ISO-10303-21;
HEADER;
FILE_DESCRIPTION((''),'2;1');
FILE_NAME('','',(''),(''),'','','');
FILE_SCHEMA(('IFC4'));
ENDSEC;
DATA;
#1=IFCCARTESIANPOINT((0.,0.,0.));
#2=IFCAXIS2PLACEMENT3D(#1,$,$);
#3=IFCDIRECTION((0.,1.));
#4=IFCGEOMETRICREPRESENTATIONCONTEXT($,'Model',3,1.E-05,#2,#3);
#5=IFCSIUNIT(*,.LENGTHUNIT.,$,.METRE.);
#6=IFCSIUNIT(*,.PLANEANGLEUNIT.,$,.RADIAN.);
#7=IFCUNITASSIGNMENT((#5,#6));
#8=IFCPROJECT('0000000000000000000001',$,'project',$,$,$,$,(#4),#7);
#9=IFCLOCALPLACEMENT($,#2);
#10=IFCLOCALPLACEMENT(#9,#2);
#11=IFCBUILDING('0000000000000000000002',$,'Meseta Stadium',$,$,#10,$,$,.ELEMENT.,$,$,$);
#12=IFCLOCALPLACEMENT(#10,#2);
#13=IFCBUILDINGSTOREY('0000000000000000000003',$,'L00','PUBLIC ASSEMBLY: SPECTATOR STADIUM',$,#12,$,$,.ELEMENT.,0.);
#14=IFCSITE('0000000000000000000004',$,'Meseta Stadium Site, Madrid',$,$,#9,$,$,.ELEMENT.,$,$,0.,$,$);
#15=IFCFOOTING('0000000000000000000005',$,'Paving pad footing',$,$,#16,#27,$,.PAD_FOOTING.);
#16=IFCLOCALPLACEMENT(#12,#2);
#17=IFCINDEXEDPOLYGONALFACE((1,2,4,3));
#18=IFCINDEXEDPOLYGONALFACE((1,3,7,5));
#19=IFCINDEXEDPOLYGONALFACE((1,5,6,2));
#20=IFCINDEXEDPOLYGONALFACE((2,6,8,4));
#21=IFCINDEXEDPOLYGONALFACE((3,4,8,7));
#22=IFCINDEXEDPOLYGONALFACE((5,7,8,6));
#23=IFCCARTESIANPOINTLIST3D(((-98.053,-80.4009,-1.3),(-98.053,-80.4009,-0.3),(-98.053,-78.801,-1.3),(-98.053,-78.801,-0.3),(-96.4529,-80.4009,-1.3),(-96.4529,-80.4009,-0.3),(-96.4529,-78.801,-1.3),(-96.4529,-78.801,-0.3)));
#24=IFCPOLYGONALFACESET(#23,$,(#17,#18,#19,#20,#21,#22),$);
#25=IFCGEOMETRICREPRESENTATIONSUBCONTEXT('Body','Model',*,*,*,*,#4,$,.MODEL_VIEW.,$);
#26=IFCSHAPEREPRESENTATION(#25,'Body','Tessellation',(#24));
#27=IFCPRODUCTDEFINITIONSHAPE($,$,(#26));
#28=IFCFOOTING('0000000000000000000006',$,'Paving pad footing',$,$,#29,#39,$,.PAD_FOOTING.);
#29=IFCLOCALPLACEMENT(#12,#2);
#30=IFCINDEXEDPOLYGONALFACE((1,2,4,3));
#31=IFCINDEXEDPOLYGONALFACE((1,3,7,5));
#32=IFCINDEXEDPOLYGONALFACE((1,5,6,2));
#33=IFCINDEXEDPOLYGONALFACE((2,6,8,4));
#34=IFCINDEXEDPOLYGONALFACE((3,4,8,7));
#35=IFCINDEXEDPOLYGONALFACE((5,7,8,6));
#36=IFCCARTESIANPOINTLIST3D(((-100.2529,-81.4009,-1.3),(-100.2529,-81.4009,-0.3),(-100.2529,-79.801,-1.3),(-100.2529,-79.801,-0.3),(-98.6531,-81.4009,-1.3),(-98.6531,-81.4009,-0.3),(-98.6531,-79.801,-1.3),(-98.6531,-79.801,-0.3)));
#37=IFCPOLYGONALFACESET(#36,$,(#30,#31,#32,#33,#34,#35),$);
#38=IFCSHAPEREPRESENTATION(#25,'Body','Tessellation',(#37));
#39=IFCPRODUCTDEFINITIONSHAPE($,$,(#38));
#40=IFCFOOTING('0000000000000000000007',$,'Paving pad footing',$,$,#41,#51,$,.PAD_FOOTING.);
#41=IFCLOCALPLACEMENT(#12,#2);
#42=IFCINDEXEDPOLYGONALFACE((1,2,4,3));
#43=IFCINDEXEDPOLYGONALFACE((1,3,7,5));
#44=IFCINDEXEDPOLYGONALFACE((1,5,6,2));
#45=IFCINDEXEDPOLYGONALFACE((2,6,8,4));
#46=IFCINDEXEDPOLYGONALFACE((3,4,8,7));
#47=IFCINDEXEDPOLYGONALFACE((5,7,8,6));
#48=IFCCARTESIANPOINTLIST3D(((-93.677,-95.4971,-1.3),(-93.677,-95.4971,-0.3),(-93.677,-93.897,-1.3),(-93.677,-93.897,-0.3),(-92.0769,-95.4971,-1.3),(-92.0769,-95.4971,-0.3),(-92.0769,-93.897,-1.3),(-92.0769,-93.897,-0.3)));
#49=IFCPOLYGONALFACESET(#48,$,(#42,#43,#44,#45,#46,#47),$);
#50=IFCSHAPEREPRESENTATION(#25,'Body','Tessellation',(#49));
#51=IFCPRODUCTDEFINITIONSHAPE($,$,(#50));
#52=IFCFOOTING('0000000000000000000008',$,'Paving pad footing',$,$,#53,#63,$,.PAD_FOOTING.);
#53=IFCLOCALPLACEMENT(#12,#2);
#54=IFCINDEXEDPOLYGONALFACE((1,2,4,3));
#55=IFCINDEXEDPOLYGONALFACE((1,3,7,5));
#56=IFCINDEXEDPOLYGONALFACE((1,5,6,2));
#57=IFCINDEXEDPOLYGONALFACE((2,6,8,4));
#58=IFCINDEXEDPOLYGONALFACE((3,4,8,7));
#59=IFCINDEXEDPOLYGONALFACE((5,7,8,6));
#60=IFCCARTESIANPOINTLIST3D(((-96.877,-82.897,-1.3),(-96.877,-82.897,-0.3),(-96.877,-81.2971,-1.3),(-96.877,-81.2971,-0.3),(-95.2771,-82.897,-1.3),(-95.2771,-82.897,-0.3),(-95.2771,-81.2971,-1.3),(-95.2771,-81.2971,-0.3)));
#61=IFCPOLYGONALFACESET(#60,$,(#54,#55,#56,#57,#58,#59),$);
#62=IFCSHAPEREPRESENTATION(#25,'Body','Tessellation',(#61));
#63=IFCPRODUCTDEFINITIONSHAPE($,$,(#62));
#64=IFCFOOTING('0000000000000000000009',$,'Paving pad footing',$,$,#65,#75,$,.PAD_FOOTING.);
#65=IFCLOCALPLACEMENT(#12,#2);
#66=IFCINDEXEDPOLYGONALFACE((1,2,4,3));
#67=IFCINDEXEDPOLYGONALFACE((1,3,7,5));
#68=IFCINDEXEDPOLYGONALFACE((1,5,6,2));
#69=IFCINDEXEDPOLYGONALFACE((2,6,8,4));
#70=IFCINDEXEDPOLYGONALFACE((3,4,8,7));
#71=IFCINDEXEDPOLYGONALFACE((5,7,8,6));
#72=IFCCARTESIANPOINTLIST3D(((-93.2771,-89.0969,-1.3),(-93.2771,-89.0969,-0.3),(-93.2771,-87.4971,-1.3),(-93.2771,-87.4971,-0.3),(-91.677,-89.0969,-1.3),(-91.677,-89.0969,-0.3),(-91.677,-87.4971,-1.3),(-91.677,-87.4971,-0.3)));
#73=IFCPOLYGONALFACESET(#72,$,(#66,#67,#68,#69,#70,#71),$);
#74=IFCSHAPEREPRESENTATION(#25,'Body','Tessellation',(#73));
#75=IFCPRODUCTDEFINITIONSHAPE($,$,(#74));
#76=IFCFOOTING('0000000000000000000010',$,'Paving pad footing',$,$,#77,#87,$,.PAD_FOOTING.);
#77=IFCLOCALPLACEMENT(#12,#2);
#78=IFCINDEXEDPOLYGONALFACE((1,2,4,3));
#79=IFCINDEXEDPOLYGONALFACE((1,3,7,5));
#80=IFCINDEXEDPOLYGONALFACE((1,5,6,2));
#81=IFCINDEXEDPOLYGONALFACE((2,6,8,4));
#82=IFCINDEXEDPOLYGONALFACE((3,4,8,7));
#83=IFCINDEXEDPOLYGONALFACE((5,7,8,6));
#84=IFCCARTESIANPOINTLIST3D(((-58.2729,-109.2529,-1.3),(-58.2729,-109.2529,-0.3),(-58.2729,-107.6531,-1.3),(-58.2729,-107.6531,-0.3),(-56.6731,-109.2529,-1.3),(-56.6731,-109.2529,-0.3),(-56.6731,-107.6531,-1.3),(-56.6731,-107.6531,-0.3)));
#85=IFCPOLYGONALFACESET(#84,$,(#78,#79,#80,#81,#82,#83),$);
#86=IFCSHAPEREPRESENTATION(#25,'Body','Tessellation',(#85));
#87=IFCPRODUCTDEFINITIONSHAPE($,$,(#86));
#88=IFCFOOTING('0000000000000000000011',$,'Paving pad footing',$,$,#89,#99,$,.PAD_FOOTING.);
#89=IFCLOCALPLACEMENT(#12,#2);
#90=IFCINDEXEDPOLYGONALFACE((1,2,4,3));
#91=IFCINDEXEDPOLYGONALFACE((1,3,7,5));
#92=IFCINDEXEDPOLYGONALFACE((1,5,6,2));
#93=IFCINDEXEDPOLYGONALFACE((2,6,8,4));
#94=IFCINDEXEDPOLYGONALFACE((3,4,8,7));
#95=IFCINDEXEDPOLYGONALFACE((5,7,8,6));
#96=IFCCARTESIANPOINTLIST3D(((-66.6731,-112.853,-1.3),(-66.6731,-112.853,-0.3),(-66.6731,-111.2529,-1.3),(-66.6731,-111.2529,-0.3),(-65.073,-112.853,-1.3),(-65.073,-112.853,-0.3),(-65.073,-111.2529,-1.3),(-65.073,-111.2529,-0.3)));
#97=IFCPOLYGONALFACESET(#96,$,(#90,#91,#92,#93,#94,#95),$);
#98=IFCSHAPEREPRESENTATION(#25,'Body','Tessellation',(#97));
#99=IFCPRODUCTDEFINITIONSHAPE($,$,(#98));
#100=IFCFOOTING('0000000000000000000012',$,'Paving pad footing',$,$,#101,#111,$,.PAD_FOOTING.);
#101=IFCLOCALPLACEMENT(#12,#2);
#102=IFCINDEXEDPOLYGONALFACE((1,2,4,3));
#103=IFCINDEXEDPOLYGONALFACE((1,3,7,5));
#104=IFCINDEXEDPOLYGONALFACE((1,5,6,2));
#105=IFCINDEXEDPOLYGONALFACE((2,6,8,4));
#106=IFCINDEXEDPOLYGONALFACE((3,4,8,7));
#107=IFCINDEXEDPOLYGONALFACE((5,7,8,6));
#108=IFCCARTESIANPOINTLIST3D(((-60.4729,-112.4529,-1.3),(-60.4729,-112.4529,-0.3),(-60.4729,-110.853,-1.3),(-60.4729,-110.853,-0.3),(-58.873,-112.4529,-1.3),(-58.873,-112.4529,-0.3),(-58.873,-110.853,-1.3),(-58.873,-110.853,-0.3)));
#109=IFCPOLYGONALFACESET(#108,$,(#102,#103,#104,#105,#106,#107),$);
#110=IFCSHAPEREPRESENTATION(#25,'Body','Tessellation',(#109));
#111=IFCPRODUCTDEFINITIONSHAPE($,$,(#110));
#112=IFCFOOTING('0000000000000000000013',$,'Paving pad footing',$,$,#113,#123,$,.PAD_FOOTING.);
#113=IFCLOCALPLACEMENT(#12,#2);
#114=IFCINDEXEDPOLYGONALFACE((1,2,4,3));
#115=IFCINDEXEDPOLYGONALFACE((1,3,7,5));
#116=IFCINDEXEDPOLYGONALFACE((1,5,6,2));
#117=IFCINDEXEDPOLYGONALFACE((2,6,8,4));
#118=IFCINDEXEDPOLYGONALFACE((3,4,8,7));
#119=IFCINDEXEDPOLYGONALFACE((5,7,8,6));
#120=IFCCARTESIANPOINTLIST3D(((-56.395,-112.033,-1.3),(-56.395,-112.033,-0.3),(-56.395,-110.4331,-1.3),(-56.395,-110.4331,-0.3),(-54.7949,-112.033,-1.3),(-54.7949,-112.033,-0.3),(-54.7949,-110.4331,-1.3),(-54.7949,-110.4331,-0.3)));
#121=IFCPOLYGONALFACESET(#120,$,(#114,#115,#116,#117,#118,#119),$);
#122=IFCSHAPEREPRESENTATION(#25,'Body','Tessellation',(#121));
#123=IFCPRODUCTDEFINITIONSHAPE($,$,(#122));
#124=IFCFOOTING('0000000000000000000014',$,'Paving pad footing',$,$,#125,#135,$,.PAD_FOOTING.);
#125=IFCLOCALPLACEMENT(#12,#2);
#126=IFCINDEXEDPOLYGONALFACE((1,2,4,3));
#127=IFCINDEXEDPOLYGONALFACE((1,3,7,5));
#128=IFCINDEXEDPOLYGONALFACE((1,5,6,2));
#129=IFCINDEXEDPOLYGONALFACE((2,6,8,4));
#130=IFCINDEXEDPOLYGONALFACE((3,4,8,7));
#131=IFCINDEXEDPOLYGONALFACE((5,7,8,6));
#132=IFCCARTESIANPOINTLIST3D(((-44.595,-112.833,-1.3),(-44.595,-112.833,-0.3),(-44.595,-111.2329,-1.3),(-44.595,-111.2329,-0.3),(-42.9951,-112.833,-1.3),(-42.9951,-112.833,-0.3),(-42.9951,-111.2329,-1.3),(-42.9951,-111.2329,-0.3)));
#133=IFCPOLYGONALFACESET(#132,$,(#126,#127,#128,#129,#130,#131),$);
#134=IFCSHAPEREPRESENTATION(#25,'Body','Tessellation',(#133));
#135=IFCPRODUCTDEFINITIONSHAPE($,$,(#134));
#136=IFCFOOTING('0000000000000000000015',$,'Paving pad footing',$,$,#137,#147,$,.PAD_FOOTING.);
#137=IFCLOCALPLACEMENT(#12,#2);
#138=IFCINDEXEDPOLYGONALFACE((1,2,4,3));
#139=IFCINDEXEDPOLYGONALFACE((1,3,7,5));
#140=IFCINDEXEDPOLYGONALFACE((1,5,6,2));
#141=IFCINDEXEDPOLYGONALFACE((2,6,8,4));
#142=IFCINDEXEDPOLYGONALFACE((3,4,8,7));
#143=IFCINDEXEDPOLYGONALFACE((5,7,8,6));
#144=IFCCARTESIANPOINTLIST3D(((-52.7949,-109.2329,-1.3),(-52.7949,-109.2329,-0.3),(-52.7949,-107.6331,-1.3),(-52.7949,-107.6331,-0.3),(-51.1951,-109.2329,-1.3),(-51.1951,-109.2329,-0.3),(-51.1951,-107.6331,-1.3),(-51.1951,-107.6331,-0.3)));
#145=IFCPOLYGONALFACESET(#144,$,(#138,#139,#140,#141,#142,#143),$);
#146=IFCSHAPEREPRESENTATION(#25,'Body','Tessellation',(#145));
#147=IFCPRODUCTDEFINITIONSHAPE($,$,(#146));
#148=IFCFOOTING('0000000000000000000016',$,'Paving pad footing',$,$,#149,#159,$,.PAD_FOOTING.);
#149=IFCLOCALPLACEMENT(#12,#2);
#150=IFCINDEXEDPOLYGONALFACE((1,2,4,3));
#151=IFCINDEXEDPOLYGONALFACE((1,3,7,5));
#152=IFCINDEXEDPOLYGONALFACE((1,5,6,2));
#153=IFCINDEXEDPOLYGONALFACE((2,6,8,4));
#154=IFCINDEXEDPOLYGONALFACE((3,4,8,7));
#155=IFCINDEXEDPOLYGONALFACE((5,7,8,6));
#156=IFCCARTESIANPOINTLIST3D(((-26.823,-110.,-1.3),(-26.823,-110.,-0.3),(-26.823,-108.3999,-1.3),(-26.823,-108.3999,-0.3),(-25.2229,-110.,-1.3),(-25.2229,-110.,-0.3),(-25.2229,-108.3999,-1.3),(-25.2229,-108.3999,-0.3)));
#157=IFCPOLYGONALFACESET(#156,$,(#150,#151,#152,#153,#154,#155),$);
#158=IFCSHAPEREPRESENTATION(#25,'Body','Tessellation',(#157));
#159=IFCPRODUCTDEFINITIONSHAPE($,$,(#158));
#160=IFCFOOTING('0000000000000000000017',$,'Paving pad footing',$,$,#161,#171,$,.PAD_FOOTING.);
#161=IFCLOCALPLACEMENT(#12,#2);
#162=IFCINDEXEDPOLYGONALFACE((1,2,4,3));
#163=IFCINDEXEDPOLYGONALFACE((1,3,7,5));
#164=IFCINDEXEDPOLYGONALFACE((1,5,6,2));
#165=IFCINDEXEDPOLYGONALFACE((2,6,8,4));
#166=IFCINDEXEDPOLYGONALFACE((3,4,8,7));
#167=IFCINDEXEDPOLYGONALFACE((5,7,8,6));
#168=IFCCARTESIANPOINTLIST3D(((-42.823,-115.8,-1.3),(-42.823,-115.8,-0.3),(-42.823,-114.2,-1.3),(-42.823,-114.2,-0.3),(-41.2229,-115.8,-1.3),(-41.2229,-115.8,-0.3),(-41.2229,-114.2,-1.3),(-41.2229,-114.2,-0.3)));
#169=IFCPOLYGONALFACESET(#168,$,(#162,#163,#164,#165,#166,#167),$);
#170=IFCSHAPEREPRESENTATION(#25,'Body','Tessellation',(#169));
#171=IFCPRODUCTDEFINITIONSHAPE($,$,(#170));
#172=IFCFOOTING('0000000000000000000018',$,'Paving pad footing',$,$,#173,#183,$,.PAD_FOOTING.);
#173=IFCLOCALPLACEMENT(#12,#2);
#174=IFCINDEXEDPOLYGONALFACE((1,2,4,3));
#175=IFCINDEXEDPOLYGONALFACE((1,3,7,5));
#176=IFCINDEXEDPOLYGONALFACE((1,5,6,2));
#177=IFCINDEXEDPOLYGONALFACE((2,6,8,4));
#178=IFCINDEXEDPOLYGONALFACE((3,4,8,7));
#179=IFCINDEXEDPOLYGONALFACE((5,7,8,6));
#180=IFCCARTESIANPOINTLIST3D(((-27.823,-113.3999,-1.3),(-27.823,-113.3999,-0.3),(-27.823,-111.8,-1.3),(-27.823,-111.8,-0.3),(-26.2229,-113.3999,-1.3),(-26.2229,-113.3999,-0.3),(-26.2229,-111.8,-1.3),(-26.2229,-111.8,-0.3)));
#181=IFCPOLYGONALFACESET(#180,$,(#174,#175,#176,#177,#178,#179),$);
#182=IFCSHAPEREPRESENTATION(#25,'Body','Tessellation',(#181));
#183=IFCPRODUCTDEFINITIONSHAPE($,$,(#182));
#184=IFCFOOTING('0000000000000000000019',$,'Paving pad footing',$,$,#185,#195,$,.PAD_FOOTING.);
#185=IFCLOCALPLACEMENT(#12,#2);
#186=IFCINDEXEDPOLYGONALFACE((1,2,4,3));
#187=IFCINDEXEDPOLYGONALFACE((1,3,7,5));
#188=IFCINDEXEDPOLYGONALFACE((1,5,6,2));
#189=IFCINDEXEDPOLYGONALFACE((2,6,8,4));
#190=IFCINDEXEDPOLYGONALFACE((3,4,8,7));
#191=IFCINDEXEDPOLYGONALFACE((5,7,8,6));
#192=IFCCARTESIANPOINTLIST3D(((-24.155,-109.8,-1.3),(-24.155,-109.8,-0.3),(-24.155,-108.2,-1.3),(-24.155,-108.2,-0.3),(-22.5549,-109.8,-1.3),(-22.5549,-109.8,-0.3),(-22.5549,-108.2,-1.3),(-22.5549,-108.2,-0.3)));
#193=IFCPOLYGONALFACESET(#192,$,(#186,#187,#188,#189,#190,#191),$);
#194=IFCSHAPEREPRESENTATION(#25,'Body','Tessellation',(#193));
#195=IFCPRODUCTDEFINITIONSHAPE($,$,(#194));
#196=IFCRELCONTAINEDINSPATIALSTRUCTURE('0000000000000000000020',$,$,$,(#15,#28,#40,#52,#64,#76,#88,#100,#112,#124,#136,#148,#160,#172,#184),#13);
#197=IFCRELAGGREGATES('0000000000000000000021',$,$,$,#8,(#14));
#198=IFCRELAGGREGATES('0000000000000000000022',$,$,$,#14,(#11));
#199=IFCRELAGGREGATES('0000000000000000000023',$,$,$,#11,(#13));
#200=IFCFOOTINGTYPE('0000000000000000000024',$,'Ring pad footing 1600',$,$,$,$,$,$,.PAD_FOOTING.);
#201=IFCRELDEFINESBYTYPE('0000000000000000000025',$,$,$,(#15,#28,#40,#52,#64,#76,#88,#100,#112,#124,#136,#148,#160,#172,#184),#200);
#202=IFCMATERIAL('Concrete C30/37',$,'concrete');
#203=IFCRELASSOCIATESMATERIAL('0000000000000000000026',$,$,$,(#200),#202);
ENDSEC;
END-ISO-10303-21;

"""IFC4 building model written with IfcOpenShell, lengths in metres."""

from ifc_helpers import new_model, si_unit, direction, frame, origin, place, context, subcontext, project, spatial, polyline, outline, extrude, material, type_object, element, save


model = new_model("IFC4")

# Units and contexts
model_context = context("Model", 3, precision=1e-05, world=origin(), true_north=direction((0.0, 1.0)))
body_context = subcontext(model_context, "Body", "Model", "MODEL_VIEW")
ifc_project = project(units=[si_unit("LENGTHUNIT", "METRE"), si_unit("PLANEANGLEUNIT", "RADIAN")], contexts=[model_context])

# Site, building, storey
site_placement = place(None, origin())
site = spatial("IfcSite", under=ifc_project, at=site_placement, Name="Meseta Stadium Site, Madrid", CompositionType="ELEMENT", RefElevation=0.0)
building_placement = place(site_placement, origin())
building = spatial("IfcBuilding", under=site, at=building_placement, Name="Meseta Stadium", CompositionType="ELEMENT")
storey_placement = place(building_placement, origin())
storey = spatial("IfcBuildingStorey", under=building, at=storey_placement, Name="L00", Description="PUBLIC ASSEMBLY: SPECTATOR STADIUM", CompositionType="ELEMENT", Elevation=0.0)

# Footings
ifc_material_1 = material(Name="Concrete C30/37", Category="concrete")
footing_type_1 = type_object("IfcFootingType", Name="Ring pad footing 1600", PredefinedType="PAD_FOOTING", material=ifc_material_1)
footing_1_placement = place(storey_placement, frame((0.0, 0.0, -1.3)))
element("IfcFooting", 1, at=footing_1_placement, inside=storey, type_object=footing_type_1, Name="Paving pad footing", PredefinedType="PAD_FOOTING", context=body_context, shape_type="SweptSolid", body=[
    extrude(outline(polyline([(-96.4529, -80.4009), (-96.4529, -78.801), (-98.053, -78.801), (-98.053, -80.4009), (-96.4529, -80.4009)])), origin(), (0.0, 0.0, 1.0), 1.0),
])
footing_2_placement = place(storey_placement, frame((0.0, 0.0, -1.3)))
element("IfcFooting", 2, at=footing_2_placement, inside=storey, type_object=footing_type_1, Name="Paving pad footing", PredefinedType="PAD_FOOTING", context=body_context, shape_type="SweptSolid", body=[
    extrude(outline(polyline([(-98.6531, -81.4009), (-98.6531, -79.801), (-100.2529, -79.801), (-100.2529, -81.4009), (-98.6531, -81.4009)])), origin(), (0.0, 0.0, 1.0), 1.0),
])
footing_3_placement = place(storey_placement, frame((0.0, 0.0, -1.3)))
element("IfcFooting", 3, at=footing_3_placement, inside=storey, type_object=footing_type_1, Name="Paving pad footing", PredefinedType="PAD_FOOTING", context=body_context, shape_type="SweptSolid", body=[
    extrude(outline(polyline([(-92.0769, -95.4971), (-92.0769, -93.897), (-93.677, -93.897), (-93.677, -95.4971), (-92.0769, -95.4971)])), origin(), (0.0, 0.0, 1.0), 1.0),
])
footing_4_placement = place(storey_placement, frame((0.0, 0.0, -1.3)))
element("IfcFooting", 4, at=footing_4_placement, inside=storey, type_object=footing_type_1, Name="Paving pad footing", PredefinedType="PAD_FOOTING", context=body_context, shape_type="SweptSolid", body=[
    extrude(outline(polyline([(-95.2771, -82.897), (-95.2771, -81.2971), (-96.877, -81.2971), (-96.877, -82.897), (-95.2771, -82.897)])), origin(), (0.0, 0.0, 1.0), 1.0),
])
footing_5_placement = place(storey_placement, frame((0.0, 0.0, -1.3)))
element("IfcFooting", 5, at=footing_5_placement, inside=storey, type_object=footing_type_1, Name="Paving pad footing", PredefinedType="PAD_FOOTING", context=body_context, shape_type="SweptSolid", body=[
    extrude(outline(polyline([(-91.677, -89.0969), (-91.677, -87.4971), (-93.2771, -87.4971), (-93.2771, -89.0969), (-91.677, -89.0969)])), origin(), (0.0, 0.0, 1.0), 1.0),
])
footing_6_placement = place(storey_placement, frame((0.0, 0.0, -1.3)))
element("IfcFooting", 6, at=footing_6_placement, inside=storey, type_object=footing_type_1, Name="Paving pad footing", PredefinedType="PAD_FOOTING", context=body_context, shape_type="SweptSolid", body=[
    extrude(outline(polyline([(-56.6731, -109.2529), (-56.6731, -107.6531), (-58.2729, -107.6531), (-58.2729, -109.2529), (-56.6731, -109.2529)])), origin(), (0.0, 0.0, 1.0), 1.0),
])
footing_7_placement = place(storey_placement, frame((0.0, 0.0, -1.3)))
element("IfcFooting", 7, at=footing_7_placement, inside=storey, type_object=footing_type_1, Name="Paving pad footing", PredefinedType="PAD_FOOTING", context=body_context, shape_type="SweptSolid", body=[
    extrude(outline(polyline([(-65.073, -112.853), (-65.073, -111.2529), (-66.6731, -111.2529), (-66.6731, -112.853), (-65.073, -112.853)])), origin(), (0.0, 0.0, 1.0), 1.0),
])
footing_8_placement = place(storey_placement, frame((0.0, 0.0, -1.3)))
element("IfcFooting", 8, at=footing_8_placement, inside=storey, type_object=footing_type_1, Name="Paving pad footing", PredefinedType="PAD_FOOTING", context=body_context, shape_type="SweptSolid", body=[
    extrude(outline(polyline([(-58.873, -112.4529), (-58.873, -110.853), (-60.4729, -110.853), (-60.4729, -112.4529), (-58.873, -112.4529)])), origin(), (0.0, 0.0, 1.0), 1.0),
])
footing_9_placement = place(storey_placement, frame((0.0, 0.0, -1.3)))
element("IfcFooting", 9, at=footing_9_placement, inside=storey, type_object=footing_type_1, Name="Paving pad footing", PredefinedType="PAD_FOOTING", context=body_context, shape_type="SweptSolid", body=[
    extrude(outline(polyline([(-54.7949, -112.033), (-54.7949, -110.4331), (-56.395, -110.4331), (-56.395, -112.033), (-54.7949, -112.033)])), origin(), (0.0, 0.0, 1.0), 1.0),
])
footing_10_placement = place(storey_placement, frame((0.0, 0.0, -1.3)))
element("IfcFooting", 10, at=footing_10_placement, inside=storey, type_object=footing_type_1, Name="Paving pad footing", PredefinedType="PAD_FOOTING", context=body_context, shape_type="SweptSolid", body=[
    extrude(outline(polyline([(-42.9951, -112.833), (-42.9951, -111.2329), (-44.595, -111.2329), (-44.595, -112.833), (-42.9951, -112.833)])), origin(), (0.0, 0.0, 1.0), 1.0),
])
footing_11_placement = place(storey_placement, frame((0.0, 0.0, -1.3)))
element("IfcFooting", 11, at=footing_11_placement, inside=storey, type_object=footing_type_1, Name="Paving pad footing", PredefinedType="PAD_FOOTING", context=body_context, shape_type="SweptSolid", body=[
    extrude(outline(polyline([(-51.1951, -109.2329), (-51.1951, -107.6331), (-52.7949, -107.6331), (-52.7949, -109.2329), (-51.1951, -109.2329)])), origin(), (0.0, 0.0, 1.0), 1.0),
])
footing_12_placement = place(storey_placement, frame((0.0, 0.0, -1.3)))
element("IfcFooting", 12, at=footing_12_placement, inside=storey, type_object=footing_type_1, Name="Paving pad footing", PredefinedType="PAD_FOOTING", context=body_context, shape_type="SweptSolid", body=[
    extrude(outline(polyline([(-25.2229, -110.0), (-25.2229, -108.3999), (-26.823, -108.3999), (-26.823, -110.0), (-25.2229, -110.0)])), origin(), (0.0, 0.0, 1.0), 1.0),
])
footing_13_placement = place(storey_placement, frame((0.0, 0.0, -1.3)))
element("IfcFooting", 13, at=footing_13_placement, inside=storey, type_object=footing_type_1, Name="Paving pad footing", PredefinedType="PAD_FOOTING", context=body_context, shape_type="SweptSolid", body=[
    extrude(outline(polyline([(-41.2229, -115.8), (-41.2229, -114.2), (-42.823, -114.2), (-42.823, -115.8), (-41.2229, -115.8)])), origin(), (0.0, 0.0, 1.0), 1.0),
])
footing_14_placement = place(storey_placement, frame((0.0, 0.0, -1.3)))
element("IfcFooting", 14, at=footing_14_placement, inside=storey, type_object=footing_type_1, Name="Paving pad footing", PredefinedType="PAD_FOOTING", context=body_context, shape_type="SweptSolid", body=[
    extrude(outline(polyline([(-26.2229, -113.3999), (-26.2229, -111.8), (-27.823, -111.8), (-27.823, -113.3999), (-26.2229, -113.3999)])), origin(), (0.0, 0.0, 1.0), 1.0),
])
footing_15_placement = place(storey_placement, frame((0.0, 0.0, -1.3)))
element("IfcFooting", 15, at=footing_15_placement, inside=storey, type_object=footing_type_1, Name="Paving pad footing", PredefinedType="PAD_FOOTING", context=body_context, shape_type="SweptSolid", body=[
    extrude(outline(polyline([(-22.5549, -109.8), (-22.5549, -108.2), (-24.155, -108.2), (-24.155, -109.8), (-22.5549, -109.8)])), origin(), (0.0, 0.0, 1.0), 1.0),
])

save(model, "model.ifc")
